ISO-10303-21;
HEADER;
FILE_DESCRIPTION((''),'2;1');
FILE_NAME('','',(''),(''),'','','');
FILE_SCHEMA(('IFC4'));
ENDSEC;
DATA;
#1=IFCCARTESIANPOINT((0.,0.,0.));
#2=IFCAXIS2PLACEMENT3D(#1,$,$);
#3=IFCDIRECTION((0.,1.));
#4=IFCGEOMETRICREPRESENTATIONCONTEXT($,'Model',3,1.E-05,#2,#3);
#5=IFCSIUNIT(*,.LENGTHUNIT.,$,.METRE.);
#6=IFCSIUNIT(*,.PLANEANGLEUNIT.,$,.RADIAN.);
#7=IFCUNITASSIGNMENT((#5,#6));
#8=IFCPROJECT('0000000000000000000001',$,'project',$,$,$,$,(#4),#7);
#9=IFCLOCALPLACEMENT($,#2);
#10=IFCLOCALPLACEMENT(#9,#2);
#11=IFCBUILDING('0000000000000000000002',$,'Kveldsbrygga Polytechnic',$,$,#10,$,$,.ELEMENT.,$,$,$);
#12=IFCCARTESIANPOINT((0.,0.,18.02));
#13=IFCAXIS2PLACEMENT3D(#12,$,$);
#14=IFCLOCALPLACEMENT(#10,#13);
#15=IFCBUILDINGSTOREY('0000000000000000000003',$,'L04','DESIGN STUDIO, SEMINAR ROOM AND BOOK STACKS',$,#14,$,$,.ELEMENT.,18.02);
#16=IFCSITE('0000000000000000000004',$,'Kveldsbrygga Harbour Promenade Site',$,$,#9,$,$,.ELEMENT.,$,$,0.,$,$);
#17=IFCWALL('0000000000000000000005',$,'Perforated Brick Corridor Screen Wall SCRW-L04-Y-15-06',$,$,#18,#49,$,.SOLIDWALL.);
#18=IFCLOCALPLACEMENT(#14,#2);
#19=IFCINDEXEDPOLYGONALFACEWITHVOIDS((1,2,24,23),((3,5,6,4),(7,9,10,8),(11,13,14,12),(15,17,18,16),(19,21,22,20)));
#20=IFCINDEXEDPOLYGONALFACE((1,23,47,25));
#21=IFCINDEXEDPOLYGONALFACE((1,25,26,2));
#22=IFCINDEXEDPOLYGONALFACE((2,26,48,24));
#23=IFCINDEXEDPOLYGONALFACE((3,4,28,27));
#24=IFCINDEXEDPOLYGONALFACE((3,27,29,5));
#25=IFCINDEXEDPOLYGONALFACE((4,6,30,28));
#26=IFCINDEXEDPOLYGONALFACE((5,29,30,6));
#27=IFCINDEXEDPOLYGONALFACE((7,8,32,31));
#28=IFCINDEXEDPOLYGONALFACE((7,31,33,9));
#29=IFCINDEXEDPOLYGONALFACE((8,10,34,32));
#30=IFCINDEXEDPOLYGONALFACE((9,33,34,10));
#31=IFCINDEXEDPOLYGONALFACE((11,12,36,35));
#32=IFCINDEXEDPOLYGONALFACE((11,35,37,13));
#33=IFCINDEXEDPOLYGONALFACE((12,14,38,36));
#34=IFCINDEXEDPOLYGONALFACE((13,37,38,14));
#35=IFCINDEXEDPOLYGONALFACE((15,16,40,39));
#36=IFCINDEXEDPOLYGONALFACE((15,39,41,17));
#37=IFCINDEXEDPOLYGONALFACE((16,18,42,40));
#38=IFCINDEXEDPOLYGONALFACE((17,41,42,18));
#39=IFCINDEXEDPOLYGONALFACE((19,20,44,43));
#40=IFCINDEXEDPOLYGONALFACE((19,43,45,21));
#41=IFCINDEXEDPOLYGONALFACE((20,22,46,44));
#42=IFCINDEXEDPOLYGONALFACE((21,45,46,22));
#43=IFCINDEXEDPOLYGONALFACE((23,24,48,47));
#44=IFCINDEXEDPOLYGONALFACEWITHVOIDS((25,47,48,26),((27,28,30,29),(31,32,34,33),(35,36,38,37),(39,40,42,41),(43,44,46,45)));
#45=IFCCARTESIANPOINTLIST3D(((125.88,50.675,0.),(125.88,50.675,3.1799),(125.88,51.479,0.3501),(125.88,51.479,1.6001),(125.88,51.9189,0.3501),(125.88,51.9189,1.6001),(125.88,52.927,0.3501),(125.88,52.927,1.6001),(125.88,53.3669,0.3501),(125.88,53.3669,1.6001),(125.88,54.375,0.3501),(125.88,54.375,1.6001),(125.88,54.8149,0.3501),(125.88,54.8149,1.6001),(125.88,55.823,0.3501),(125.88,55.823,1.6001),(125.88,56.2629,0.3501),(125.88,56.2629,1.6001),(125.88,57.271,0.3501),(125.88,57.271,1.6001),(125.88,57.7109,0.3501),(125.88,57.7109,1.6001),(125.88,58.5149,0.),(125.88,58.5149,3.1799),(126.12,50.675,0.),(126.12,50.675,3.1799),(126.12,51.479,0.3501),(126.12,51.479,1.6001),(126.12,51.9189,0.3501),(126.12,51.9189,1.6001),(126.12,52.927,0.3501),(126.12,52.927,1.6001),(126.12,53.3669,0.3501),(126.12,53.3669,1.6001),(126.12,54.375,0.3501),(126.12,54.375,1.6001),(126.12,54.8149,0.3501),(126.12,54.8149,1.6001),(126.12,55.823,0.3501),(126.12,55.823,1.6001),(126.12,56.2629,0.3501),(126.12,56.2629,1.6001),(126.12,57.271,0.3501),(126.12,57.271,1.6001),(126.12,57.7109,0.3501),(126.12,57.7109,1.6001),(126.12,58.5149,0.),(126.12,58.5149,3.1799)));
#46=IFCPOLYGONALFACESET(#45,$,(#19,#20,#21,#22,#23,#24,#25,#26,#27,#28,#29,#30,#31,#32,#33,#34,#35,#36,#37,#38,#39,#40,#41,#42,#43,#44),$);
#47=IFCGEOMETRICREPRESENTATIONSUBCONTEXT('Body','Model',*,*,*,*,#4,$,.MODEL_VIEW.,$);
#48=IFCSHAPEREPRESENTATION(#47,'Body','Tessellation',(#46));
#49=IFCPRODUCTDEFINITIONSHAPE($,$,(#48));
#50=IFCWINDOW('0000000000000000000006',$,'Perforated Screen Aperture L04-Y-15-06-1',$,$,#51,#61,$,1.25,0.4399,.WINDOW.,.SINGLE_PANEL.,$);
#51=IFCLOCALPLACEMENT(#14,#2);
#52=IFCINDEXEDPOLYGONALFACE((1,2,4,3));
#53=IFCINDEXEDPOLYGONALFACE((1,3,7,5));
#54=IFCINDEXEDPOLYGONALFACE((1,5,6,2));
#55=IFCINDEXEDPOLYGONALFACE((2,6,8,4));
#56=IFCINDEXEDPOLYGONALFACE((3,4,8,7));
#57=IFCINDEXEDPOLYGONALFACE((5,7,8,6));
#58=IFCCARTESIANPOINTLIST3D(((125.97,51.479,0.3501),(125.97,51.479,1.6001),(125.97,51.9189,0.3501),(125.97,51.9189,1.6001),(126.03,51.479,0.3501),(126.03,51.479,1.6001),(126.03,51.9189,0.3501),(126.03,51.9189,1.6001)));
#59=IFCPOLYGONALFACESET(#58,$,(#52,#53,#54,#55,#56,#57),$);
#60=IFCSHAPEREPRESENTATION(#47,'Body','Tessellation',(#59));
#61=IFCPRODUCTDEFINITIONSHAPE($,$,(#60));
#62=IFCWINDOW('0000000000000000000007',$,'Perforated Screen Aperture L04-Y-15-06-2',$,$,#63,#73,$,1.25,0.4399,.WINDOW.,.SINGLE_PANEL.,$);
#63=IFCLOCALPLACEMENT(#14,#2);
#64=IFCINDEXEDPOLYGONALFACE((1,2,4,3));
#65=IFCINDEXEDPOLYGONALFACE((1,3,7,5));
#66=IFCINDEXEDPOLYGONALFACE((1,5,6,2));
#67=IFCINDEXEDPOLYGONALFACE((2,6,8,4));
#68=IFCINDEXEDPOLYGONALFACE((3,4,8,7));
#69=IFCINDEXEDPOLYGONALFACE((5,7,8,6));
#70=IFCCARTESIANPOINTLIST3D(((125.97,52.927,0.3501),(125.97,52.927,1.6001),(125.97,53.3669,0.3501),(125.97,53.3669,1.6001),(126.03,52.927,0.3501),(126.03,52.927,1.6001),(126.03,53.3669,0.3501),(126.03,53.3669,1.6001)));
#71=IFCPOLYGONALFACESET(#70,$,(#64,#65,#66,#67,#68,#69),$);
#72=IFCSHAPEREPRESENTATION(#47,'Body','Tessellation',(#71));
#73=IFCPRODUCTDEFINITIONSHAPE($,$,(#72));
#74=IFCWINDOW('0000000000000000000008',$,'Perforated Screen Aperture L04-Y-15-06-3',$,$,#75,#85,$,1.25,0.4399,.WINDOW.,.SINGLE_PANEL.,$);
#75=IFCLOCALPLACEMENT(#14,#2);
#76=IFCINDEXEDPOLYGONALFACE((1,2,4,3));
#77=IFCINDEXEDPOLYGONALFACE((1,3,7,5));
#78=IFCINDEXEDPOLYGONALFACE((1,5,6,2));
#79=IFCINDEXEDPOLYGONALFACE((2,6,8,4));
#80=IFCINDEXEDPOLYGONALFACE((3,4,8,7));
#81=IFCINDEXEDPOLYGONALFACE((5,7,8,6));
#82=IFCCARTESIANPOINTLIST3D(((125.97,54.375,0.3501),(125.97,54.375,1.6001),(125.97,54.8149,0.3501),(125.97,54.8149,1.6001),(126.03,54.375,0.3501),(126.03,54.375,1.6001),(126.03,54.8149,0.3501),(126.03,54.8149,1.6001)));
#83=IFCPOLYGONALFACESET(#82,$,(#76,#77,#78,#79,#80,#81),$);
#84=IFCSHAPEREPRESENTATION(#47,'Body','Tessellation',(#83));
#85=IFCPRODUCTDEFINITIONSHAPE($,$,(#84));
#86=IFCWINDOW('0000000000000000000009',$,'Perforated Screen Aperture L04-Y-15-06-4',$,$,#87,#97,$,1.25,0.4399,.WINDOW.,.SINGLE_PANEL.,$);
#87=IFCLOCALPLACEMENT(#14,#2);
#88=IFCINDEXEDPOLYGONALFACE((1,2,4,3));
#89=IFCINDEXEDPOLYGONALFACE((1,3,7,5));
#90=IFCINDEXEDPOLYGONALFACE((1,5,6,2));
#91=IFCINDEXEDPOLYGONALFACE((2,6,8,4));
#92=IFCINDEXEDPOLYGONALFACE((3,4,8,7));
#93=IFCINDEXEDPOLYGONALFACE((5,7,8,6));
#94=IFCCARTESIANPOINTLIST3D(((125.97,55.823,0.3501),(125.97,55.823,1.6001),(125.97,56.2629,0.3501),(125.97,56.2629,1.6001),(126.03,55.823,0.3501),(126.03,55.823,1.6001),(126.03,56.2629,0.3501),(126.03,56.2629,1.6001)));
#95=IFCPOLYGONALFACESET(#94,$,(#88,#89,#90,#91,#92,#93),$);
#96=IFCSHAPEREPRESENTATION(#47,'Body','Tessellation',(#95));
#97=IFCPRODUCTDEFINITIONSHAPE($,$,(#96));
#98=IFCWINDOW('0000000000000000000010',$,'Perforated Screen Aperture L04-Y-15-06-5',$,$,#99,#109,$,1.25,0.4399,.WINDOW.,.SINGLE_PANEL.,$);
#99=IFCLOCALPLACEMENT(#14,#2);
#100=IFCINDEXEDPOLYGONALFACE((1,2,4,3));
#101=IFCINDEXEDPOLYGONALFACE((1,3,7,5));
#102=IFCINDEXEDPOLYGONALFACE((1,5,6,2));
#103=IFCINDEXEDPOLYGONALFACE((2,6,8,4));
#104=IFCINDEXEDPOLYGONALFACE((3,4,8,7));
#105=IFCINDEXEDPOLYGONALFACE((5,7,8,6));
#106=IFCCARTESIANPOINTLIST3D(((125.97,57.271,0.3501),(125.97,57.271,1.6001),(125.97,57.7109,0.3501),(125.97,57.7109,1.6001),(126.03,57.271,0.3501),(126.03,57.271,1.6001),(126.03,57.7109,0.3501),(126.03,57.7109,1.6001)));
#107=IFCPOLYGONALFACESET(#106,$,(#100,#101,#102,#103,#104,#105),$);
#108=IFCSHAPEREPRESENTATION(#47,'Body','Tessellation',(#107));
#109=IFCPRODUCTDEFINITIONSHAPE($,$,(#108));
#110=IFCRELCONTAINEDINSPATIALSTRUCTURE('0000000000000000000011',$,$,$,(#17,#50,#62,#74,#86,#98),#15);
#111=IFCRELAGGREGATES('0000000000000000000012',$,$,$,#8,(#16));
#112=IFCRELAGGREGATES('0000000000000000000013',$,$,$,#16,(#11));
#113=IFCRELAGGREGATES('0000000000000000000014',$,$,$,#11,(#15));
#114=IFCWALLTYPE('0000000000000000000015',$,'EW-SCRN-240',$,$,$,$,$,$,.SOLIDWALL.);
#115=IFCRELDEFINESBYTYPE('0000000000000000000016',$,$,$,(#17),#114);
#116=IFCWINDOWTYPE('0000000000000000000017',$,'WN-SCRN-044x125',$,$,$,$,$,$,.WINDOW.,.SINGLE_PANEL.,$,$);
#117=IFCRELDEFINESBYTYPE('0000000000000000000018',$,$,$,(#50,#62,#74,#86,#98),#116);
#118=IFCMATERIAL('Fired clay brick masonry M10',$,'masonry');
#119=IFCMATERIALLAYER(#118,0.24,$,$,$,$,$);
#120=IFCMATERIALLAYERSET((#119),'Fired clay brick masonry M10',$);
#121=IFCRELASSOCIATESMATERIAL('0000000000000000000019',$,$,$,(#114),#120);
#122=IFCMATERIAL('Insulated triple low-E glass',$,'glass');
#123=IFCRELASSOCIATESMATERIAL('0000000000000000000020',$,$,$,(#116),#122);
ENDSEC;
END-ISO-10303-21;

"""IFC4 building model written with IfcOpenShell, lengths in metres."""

from ifc_helpers import new_model, si_unit, direction, frame, frame_2d, origin, place, context, subcontext, project, spatial, rectangle, extrude, material, layer, layer_set, type_object, element, fill, save


model = new_model("IFC4")

# Units and contexts
model_context = context("Model", 3, precision=1e-05, world=origin(), true_north=direction((0.0, 1.0)))
body_context = subcontext(model_context, "Body", "Model", "MODEL_VIEW")
ifc_project = project(units=[si_unit("LENGTHUNIT", "METRE"), si_unit("PLANEANGLEUNIT", "RADIAN")], contexts=[model_context])

# Site, building, storey
site_placement = place(None, origin())
site = spatial("IfcSite", under=ifc_project, at=site_placement, Name="Kveldsbrygga Harbour Promenade Site", CompositionType="ELEMENT", RefElevation=0.0)
building_placement = place(site_placement, origin())
building = spatial("IfcBuilding", under=site, at=building_placement, Name="Kveldsbrygga Polytechnic", CompositionType="ELEMENT")
storey_placement = place(building_placement, frame((0.0, 0.0, 18.02)))
storey = spatial("IfcBuildingStorey", under=building, at=storey_placement, Name="L04", Description="DESIGN STUDIO, SEMINAR ROOM AND BOOK STACKS", CompositionType="ELEMENT", Elevation=18.02)

# Shared definitions
ifc_material_1 = material(Name="Insulated triple low-E glass", Category="glass")

# Wall, openings, windows
ifc_material_2 = material(Name="Fired clay brick masonry M10", Category="masonry")
ifc_layer_1 = layer(ifc_material_2, 0.24)
ifc_layer_set_1 = layer_set([ifc_layer_1], Name="Fired clay brick masonry M10")
wall_type = type_object("IfcWallType", Name="EW-SCRN-240", PredefinedType="SOLIDWALL", material=ifc_layer_set_1)
wall_placement = place(storey_placement, frame((126.0, 50.675, 0.0), z_axis=(0.0, 0.0, 1.0), x_axis=(0.0, 1.0, 0.0)))
wall = element("IfcWall", 1, at=wall_placement, inside=storey, type_object=wall_type, Name="Perforated Brick Corridor Screen Wall SCRW-L04-Y-15-06", PredefinedType="SOLIDWALL", context=body_context, shape_type="SweptSolid", body=[
    extrude(rectangle(XDim=7.8398, YDim=0.24, at=frame_2d((3.9199, 0.0))), origin(), (0.0, 0.0, 1.0), 3.1799),
])
opening_1_placement = place(wall_placement, frame((0.804, 0.0, 0.3501)))
opening_1 = element("IfcOpeningElement", 2, at=opening_1_placement, cuts=wall, PredefinedType="OPENING", context=body_context, shape_type="SweptSolid", body=[
    extrude(rectangle(XDim=0.4399, YDim=1.25, at=frame_2d((0.22, 0.625))), frame((0.0, 0.1299, 0.0), z_axis=(0.0, -1.0, 0.0), x_axis=(1.0, 0.0, 0.0)), (0.0, 0.0, 1.0), 0.26),
])
opening_2_placement = place(wall_placement, frame((2.252, 0.0, 0.3501)))
opening_2 = element("IfcOpeningElement", 3, at=opening_2_placement, cuts=wall, PredefinedType="OPENING", context=body_context, shape_type="SweptSolid", body=[
    extrude(rectangle(XDim=0.4399, YDim=1.25, at=frame_2d((0.22, 0.625))), frame((0.0, 0.1299, 0.0), z_axis=(0.0, -1.0, 0.0), x_axis=(1.0, 0.0, 0.0)), (0.0, 0.0, 1.0), 0.26),
])
opening_3_placement = place(wall_placement, frame((3.7, 0.0, 0.3501)))
opening_3 = element("IfcOpeningElement", 4, at=opening_3_placement, cuts=wall, PredefinedType="OPENING", context=body_context, shape_type="SweptSolid", body=[
    extrude(rectangle(XDim=0.4399, YDim=1.25, at=frame_2d((0.22, 0.625))), frame((0.0, 0.1299, 0.0), z_axis=(0.0, -1.0, 0.0), x_axis=(1.0, 0.0, 0.0)), (0.0, 0.0, 1.0), 0.26),
])
opening_4_placement = place(wall_placement, frame((5.1479, 0.0, 0.3501)))
opening_4 = element("IfcOpeningElement", 5, at=opening_4_placement, cuts=wall, PredefinedType="OPENING", context=body_context, shape_type="SweptSolid", body=[
    extrude(rectangle(XDim=0.4399, YDim=1.25, at=frame_2d((0.22, 0.625))), frame((0.0, 0.1299, 0.0), z_axis=(0.0, -1.0, 0.0), x_axis=(1.0, 0.0, 0.0)), (0.0, 0.0, 1.0), 0.26),
])
opening_5_placement = place(wall_placement, frame((6.5959, 0.0, 0.3501)))
opening_5 = element("IfcOpeningElement", 6, at=opening_5_placement, cuts=wall, PredefinedType="OPENING", context=body_context, shape_type="SweptSolid", body=[
    extrude(rectangle(XDim=0.4399, YDim=1.25, at=frame_2d((0.22, 0.625))), frame((0.0, 0.1299, 0.0), z_axis=(0.0, -1.0, 0.0), x_axis=(1.0, 0.0, 0.0)), (0.0, 0.0, 1.0), 0.26),
])
window_type = type_object("IfcWindowType", Name="WN-SCRN-044x125", PartitioningType="SINGLE_PANEL", PredefinedType="WINDOW", material=ifc_material_1)
window_1_placement = place(opening_1_placement, origin())
window_1 = element("IfcWindow", 7, at=window_1_placement, inside=storey, type_object=window_type, Name="Perforated Screen Aperture L04-Y-15-06-1", OverallHeight=1.25, OverallWidth=0.4399, PartitioningType="SINGLE_PANEL", PredefinedType="WINDOW", context=body_context, shape_type="SweptSolid", body=[
    extrude(rectangle(XDim=0.4399, YDim=1.25, at=frame_2d((0.22, 0.625))), frame((0.0, 0.03, 0.0), z_axis=(0.0, -1.0, 0.0), x_axis=(1.0, 0.0, 0.0)), (0.0, 0.0, 1.0), 0.0601),
])
fill(opening_1, window_1)
window_2_placement = place(opening_2_placement, origin())
window_2 = element("IfcWindow", 8, at=window_2_placement, inside=storey, type_object=window_type, Name="Perforated Screen Aperture L04-Y-15-06-2", OverallHeight=1.25, OverallWidth=0.4399, PartitioningType="SINGLE_PANEL", PredefinedType="WINDOW", context=body_context, shape_type="SweptSolid", body=[
    extrude(rectangle(XDim=0.4399, YDim=1.25, at=frame_2d((0.22, 0.625))), frame((0.0, 0.03, 0.0), z_axis=(0.0, -1.0, 0.0), x_axis=(1.0, 0.0, 0.0)), (0.0, 0.0, 1.0), 0.0601),
])
fill(opening_2, window_2)
window_3_placement = place(opening_3_placement, origin())
window_3 = element("IfcWindow", 9, at=window_3_placement, inside=storey, type_object=window_type, Name="Perforated Screen Aperture L04-Y-15-06-3", OverallHeight=1.25, OverallWidth=0.4399, PartitioningType="SINGLE_PANEL", PredefinedType="WINDOW", context=body_context, shape_type="SweptSolid", body=[
    extrude(rectangle(XDim=0.4399, YDim=1.25, at=frame_2d((0.22, 0.625))), frame((0.0, 0.03, 0.0), z_axis=(0.0, -1.0, 0.0), x_axis=(1.0, 0.0, 0.0)), (0.0, 0.0, 1.0), 0.0601),
])
fill(opening_3, window_3)
window_4_placement = place(opening_4_placement, origin())
window_4 = element("IfcWindow", 10, at=window_4_placement, inside=storey, type_object=window_type, Name="Perforated Screen Aperture L04-Y-15-06-4", OverallHeight=1.25, OverallWidth=0.4399, PartitioningType="SINGLE_PANEL", PredefinedType="WINDOW", context=body_context, shape_type="SweptSolid", body=[
    extrude(rectangle(XDim=0.4399, YDim=1.25, at=frame_2d((0.22, 0.625))), frame((0.0, 0.03, 0.0), z_axis=(0.0, -1.0, 0.0), x_axis=(1.0, 0.0, 0.0)), (0.0, 0.0, 1.0), 0.0601),
])
fill(opening_4, window_4)
window_5_placement = place(opening_5_placement, origin())
window_5 = element("IfcWindow", 11, at=window_5_placement, inside=storey, type_object=window_type, Name="Perforated Screen Aperture L04-Y-15-06-5", OverallHeight=1.25, OverallWidth=0.4399, PartitioningType="SINGLE_PANEL", PredefinedType="WINDOW", context=body_context, shape_type="SweptSolid", body=[
    extrude(rectangle(XDim=0.4399, YDim=1.25, at=frame_2d((0.22, 0.625))), frame((0.0, 0.03, 0.0), z_axis=(0.0, -1.0, 0.0), x_axis=(1.0, 0.0, 0.0)), (0.0, 0.0, 1.0), 0.0601),
])
fill(opening_5, window_5)

save(model, "model.ifc")
